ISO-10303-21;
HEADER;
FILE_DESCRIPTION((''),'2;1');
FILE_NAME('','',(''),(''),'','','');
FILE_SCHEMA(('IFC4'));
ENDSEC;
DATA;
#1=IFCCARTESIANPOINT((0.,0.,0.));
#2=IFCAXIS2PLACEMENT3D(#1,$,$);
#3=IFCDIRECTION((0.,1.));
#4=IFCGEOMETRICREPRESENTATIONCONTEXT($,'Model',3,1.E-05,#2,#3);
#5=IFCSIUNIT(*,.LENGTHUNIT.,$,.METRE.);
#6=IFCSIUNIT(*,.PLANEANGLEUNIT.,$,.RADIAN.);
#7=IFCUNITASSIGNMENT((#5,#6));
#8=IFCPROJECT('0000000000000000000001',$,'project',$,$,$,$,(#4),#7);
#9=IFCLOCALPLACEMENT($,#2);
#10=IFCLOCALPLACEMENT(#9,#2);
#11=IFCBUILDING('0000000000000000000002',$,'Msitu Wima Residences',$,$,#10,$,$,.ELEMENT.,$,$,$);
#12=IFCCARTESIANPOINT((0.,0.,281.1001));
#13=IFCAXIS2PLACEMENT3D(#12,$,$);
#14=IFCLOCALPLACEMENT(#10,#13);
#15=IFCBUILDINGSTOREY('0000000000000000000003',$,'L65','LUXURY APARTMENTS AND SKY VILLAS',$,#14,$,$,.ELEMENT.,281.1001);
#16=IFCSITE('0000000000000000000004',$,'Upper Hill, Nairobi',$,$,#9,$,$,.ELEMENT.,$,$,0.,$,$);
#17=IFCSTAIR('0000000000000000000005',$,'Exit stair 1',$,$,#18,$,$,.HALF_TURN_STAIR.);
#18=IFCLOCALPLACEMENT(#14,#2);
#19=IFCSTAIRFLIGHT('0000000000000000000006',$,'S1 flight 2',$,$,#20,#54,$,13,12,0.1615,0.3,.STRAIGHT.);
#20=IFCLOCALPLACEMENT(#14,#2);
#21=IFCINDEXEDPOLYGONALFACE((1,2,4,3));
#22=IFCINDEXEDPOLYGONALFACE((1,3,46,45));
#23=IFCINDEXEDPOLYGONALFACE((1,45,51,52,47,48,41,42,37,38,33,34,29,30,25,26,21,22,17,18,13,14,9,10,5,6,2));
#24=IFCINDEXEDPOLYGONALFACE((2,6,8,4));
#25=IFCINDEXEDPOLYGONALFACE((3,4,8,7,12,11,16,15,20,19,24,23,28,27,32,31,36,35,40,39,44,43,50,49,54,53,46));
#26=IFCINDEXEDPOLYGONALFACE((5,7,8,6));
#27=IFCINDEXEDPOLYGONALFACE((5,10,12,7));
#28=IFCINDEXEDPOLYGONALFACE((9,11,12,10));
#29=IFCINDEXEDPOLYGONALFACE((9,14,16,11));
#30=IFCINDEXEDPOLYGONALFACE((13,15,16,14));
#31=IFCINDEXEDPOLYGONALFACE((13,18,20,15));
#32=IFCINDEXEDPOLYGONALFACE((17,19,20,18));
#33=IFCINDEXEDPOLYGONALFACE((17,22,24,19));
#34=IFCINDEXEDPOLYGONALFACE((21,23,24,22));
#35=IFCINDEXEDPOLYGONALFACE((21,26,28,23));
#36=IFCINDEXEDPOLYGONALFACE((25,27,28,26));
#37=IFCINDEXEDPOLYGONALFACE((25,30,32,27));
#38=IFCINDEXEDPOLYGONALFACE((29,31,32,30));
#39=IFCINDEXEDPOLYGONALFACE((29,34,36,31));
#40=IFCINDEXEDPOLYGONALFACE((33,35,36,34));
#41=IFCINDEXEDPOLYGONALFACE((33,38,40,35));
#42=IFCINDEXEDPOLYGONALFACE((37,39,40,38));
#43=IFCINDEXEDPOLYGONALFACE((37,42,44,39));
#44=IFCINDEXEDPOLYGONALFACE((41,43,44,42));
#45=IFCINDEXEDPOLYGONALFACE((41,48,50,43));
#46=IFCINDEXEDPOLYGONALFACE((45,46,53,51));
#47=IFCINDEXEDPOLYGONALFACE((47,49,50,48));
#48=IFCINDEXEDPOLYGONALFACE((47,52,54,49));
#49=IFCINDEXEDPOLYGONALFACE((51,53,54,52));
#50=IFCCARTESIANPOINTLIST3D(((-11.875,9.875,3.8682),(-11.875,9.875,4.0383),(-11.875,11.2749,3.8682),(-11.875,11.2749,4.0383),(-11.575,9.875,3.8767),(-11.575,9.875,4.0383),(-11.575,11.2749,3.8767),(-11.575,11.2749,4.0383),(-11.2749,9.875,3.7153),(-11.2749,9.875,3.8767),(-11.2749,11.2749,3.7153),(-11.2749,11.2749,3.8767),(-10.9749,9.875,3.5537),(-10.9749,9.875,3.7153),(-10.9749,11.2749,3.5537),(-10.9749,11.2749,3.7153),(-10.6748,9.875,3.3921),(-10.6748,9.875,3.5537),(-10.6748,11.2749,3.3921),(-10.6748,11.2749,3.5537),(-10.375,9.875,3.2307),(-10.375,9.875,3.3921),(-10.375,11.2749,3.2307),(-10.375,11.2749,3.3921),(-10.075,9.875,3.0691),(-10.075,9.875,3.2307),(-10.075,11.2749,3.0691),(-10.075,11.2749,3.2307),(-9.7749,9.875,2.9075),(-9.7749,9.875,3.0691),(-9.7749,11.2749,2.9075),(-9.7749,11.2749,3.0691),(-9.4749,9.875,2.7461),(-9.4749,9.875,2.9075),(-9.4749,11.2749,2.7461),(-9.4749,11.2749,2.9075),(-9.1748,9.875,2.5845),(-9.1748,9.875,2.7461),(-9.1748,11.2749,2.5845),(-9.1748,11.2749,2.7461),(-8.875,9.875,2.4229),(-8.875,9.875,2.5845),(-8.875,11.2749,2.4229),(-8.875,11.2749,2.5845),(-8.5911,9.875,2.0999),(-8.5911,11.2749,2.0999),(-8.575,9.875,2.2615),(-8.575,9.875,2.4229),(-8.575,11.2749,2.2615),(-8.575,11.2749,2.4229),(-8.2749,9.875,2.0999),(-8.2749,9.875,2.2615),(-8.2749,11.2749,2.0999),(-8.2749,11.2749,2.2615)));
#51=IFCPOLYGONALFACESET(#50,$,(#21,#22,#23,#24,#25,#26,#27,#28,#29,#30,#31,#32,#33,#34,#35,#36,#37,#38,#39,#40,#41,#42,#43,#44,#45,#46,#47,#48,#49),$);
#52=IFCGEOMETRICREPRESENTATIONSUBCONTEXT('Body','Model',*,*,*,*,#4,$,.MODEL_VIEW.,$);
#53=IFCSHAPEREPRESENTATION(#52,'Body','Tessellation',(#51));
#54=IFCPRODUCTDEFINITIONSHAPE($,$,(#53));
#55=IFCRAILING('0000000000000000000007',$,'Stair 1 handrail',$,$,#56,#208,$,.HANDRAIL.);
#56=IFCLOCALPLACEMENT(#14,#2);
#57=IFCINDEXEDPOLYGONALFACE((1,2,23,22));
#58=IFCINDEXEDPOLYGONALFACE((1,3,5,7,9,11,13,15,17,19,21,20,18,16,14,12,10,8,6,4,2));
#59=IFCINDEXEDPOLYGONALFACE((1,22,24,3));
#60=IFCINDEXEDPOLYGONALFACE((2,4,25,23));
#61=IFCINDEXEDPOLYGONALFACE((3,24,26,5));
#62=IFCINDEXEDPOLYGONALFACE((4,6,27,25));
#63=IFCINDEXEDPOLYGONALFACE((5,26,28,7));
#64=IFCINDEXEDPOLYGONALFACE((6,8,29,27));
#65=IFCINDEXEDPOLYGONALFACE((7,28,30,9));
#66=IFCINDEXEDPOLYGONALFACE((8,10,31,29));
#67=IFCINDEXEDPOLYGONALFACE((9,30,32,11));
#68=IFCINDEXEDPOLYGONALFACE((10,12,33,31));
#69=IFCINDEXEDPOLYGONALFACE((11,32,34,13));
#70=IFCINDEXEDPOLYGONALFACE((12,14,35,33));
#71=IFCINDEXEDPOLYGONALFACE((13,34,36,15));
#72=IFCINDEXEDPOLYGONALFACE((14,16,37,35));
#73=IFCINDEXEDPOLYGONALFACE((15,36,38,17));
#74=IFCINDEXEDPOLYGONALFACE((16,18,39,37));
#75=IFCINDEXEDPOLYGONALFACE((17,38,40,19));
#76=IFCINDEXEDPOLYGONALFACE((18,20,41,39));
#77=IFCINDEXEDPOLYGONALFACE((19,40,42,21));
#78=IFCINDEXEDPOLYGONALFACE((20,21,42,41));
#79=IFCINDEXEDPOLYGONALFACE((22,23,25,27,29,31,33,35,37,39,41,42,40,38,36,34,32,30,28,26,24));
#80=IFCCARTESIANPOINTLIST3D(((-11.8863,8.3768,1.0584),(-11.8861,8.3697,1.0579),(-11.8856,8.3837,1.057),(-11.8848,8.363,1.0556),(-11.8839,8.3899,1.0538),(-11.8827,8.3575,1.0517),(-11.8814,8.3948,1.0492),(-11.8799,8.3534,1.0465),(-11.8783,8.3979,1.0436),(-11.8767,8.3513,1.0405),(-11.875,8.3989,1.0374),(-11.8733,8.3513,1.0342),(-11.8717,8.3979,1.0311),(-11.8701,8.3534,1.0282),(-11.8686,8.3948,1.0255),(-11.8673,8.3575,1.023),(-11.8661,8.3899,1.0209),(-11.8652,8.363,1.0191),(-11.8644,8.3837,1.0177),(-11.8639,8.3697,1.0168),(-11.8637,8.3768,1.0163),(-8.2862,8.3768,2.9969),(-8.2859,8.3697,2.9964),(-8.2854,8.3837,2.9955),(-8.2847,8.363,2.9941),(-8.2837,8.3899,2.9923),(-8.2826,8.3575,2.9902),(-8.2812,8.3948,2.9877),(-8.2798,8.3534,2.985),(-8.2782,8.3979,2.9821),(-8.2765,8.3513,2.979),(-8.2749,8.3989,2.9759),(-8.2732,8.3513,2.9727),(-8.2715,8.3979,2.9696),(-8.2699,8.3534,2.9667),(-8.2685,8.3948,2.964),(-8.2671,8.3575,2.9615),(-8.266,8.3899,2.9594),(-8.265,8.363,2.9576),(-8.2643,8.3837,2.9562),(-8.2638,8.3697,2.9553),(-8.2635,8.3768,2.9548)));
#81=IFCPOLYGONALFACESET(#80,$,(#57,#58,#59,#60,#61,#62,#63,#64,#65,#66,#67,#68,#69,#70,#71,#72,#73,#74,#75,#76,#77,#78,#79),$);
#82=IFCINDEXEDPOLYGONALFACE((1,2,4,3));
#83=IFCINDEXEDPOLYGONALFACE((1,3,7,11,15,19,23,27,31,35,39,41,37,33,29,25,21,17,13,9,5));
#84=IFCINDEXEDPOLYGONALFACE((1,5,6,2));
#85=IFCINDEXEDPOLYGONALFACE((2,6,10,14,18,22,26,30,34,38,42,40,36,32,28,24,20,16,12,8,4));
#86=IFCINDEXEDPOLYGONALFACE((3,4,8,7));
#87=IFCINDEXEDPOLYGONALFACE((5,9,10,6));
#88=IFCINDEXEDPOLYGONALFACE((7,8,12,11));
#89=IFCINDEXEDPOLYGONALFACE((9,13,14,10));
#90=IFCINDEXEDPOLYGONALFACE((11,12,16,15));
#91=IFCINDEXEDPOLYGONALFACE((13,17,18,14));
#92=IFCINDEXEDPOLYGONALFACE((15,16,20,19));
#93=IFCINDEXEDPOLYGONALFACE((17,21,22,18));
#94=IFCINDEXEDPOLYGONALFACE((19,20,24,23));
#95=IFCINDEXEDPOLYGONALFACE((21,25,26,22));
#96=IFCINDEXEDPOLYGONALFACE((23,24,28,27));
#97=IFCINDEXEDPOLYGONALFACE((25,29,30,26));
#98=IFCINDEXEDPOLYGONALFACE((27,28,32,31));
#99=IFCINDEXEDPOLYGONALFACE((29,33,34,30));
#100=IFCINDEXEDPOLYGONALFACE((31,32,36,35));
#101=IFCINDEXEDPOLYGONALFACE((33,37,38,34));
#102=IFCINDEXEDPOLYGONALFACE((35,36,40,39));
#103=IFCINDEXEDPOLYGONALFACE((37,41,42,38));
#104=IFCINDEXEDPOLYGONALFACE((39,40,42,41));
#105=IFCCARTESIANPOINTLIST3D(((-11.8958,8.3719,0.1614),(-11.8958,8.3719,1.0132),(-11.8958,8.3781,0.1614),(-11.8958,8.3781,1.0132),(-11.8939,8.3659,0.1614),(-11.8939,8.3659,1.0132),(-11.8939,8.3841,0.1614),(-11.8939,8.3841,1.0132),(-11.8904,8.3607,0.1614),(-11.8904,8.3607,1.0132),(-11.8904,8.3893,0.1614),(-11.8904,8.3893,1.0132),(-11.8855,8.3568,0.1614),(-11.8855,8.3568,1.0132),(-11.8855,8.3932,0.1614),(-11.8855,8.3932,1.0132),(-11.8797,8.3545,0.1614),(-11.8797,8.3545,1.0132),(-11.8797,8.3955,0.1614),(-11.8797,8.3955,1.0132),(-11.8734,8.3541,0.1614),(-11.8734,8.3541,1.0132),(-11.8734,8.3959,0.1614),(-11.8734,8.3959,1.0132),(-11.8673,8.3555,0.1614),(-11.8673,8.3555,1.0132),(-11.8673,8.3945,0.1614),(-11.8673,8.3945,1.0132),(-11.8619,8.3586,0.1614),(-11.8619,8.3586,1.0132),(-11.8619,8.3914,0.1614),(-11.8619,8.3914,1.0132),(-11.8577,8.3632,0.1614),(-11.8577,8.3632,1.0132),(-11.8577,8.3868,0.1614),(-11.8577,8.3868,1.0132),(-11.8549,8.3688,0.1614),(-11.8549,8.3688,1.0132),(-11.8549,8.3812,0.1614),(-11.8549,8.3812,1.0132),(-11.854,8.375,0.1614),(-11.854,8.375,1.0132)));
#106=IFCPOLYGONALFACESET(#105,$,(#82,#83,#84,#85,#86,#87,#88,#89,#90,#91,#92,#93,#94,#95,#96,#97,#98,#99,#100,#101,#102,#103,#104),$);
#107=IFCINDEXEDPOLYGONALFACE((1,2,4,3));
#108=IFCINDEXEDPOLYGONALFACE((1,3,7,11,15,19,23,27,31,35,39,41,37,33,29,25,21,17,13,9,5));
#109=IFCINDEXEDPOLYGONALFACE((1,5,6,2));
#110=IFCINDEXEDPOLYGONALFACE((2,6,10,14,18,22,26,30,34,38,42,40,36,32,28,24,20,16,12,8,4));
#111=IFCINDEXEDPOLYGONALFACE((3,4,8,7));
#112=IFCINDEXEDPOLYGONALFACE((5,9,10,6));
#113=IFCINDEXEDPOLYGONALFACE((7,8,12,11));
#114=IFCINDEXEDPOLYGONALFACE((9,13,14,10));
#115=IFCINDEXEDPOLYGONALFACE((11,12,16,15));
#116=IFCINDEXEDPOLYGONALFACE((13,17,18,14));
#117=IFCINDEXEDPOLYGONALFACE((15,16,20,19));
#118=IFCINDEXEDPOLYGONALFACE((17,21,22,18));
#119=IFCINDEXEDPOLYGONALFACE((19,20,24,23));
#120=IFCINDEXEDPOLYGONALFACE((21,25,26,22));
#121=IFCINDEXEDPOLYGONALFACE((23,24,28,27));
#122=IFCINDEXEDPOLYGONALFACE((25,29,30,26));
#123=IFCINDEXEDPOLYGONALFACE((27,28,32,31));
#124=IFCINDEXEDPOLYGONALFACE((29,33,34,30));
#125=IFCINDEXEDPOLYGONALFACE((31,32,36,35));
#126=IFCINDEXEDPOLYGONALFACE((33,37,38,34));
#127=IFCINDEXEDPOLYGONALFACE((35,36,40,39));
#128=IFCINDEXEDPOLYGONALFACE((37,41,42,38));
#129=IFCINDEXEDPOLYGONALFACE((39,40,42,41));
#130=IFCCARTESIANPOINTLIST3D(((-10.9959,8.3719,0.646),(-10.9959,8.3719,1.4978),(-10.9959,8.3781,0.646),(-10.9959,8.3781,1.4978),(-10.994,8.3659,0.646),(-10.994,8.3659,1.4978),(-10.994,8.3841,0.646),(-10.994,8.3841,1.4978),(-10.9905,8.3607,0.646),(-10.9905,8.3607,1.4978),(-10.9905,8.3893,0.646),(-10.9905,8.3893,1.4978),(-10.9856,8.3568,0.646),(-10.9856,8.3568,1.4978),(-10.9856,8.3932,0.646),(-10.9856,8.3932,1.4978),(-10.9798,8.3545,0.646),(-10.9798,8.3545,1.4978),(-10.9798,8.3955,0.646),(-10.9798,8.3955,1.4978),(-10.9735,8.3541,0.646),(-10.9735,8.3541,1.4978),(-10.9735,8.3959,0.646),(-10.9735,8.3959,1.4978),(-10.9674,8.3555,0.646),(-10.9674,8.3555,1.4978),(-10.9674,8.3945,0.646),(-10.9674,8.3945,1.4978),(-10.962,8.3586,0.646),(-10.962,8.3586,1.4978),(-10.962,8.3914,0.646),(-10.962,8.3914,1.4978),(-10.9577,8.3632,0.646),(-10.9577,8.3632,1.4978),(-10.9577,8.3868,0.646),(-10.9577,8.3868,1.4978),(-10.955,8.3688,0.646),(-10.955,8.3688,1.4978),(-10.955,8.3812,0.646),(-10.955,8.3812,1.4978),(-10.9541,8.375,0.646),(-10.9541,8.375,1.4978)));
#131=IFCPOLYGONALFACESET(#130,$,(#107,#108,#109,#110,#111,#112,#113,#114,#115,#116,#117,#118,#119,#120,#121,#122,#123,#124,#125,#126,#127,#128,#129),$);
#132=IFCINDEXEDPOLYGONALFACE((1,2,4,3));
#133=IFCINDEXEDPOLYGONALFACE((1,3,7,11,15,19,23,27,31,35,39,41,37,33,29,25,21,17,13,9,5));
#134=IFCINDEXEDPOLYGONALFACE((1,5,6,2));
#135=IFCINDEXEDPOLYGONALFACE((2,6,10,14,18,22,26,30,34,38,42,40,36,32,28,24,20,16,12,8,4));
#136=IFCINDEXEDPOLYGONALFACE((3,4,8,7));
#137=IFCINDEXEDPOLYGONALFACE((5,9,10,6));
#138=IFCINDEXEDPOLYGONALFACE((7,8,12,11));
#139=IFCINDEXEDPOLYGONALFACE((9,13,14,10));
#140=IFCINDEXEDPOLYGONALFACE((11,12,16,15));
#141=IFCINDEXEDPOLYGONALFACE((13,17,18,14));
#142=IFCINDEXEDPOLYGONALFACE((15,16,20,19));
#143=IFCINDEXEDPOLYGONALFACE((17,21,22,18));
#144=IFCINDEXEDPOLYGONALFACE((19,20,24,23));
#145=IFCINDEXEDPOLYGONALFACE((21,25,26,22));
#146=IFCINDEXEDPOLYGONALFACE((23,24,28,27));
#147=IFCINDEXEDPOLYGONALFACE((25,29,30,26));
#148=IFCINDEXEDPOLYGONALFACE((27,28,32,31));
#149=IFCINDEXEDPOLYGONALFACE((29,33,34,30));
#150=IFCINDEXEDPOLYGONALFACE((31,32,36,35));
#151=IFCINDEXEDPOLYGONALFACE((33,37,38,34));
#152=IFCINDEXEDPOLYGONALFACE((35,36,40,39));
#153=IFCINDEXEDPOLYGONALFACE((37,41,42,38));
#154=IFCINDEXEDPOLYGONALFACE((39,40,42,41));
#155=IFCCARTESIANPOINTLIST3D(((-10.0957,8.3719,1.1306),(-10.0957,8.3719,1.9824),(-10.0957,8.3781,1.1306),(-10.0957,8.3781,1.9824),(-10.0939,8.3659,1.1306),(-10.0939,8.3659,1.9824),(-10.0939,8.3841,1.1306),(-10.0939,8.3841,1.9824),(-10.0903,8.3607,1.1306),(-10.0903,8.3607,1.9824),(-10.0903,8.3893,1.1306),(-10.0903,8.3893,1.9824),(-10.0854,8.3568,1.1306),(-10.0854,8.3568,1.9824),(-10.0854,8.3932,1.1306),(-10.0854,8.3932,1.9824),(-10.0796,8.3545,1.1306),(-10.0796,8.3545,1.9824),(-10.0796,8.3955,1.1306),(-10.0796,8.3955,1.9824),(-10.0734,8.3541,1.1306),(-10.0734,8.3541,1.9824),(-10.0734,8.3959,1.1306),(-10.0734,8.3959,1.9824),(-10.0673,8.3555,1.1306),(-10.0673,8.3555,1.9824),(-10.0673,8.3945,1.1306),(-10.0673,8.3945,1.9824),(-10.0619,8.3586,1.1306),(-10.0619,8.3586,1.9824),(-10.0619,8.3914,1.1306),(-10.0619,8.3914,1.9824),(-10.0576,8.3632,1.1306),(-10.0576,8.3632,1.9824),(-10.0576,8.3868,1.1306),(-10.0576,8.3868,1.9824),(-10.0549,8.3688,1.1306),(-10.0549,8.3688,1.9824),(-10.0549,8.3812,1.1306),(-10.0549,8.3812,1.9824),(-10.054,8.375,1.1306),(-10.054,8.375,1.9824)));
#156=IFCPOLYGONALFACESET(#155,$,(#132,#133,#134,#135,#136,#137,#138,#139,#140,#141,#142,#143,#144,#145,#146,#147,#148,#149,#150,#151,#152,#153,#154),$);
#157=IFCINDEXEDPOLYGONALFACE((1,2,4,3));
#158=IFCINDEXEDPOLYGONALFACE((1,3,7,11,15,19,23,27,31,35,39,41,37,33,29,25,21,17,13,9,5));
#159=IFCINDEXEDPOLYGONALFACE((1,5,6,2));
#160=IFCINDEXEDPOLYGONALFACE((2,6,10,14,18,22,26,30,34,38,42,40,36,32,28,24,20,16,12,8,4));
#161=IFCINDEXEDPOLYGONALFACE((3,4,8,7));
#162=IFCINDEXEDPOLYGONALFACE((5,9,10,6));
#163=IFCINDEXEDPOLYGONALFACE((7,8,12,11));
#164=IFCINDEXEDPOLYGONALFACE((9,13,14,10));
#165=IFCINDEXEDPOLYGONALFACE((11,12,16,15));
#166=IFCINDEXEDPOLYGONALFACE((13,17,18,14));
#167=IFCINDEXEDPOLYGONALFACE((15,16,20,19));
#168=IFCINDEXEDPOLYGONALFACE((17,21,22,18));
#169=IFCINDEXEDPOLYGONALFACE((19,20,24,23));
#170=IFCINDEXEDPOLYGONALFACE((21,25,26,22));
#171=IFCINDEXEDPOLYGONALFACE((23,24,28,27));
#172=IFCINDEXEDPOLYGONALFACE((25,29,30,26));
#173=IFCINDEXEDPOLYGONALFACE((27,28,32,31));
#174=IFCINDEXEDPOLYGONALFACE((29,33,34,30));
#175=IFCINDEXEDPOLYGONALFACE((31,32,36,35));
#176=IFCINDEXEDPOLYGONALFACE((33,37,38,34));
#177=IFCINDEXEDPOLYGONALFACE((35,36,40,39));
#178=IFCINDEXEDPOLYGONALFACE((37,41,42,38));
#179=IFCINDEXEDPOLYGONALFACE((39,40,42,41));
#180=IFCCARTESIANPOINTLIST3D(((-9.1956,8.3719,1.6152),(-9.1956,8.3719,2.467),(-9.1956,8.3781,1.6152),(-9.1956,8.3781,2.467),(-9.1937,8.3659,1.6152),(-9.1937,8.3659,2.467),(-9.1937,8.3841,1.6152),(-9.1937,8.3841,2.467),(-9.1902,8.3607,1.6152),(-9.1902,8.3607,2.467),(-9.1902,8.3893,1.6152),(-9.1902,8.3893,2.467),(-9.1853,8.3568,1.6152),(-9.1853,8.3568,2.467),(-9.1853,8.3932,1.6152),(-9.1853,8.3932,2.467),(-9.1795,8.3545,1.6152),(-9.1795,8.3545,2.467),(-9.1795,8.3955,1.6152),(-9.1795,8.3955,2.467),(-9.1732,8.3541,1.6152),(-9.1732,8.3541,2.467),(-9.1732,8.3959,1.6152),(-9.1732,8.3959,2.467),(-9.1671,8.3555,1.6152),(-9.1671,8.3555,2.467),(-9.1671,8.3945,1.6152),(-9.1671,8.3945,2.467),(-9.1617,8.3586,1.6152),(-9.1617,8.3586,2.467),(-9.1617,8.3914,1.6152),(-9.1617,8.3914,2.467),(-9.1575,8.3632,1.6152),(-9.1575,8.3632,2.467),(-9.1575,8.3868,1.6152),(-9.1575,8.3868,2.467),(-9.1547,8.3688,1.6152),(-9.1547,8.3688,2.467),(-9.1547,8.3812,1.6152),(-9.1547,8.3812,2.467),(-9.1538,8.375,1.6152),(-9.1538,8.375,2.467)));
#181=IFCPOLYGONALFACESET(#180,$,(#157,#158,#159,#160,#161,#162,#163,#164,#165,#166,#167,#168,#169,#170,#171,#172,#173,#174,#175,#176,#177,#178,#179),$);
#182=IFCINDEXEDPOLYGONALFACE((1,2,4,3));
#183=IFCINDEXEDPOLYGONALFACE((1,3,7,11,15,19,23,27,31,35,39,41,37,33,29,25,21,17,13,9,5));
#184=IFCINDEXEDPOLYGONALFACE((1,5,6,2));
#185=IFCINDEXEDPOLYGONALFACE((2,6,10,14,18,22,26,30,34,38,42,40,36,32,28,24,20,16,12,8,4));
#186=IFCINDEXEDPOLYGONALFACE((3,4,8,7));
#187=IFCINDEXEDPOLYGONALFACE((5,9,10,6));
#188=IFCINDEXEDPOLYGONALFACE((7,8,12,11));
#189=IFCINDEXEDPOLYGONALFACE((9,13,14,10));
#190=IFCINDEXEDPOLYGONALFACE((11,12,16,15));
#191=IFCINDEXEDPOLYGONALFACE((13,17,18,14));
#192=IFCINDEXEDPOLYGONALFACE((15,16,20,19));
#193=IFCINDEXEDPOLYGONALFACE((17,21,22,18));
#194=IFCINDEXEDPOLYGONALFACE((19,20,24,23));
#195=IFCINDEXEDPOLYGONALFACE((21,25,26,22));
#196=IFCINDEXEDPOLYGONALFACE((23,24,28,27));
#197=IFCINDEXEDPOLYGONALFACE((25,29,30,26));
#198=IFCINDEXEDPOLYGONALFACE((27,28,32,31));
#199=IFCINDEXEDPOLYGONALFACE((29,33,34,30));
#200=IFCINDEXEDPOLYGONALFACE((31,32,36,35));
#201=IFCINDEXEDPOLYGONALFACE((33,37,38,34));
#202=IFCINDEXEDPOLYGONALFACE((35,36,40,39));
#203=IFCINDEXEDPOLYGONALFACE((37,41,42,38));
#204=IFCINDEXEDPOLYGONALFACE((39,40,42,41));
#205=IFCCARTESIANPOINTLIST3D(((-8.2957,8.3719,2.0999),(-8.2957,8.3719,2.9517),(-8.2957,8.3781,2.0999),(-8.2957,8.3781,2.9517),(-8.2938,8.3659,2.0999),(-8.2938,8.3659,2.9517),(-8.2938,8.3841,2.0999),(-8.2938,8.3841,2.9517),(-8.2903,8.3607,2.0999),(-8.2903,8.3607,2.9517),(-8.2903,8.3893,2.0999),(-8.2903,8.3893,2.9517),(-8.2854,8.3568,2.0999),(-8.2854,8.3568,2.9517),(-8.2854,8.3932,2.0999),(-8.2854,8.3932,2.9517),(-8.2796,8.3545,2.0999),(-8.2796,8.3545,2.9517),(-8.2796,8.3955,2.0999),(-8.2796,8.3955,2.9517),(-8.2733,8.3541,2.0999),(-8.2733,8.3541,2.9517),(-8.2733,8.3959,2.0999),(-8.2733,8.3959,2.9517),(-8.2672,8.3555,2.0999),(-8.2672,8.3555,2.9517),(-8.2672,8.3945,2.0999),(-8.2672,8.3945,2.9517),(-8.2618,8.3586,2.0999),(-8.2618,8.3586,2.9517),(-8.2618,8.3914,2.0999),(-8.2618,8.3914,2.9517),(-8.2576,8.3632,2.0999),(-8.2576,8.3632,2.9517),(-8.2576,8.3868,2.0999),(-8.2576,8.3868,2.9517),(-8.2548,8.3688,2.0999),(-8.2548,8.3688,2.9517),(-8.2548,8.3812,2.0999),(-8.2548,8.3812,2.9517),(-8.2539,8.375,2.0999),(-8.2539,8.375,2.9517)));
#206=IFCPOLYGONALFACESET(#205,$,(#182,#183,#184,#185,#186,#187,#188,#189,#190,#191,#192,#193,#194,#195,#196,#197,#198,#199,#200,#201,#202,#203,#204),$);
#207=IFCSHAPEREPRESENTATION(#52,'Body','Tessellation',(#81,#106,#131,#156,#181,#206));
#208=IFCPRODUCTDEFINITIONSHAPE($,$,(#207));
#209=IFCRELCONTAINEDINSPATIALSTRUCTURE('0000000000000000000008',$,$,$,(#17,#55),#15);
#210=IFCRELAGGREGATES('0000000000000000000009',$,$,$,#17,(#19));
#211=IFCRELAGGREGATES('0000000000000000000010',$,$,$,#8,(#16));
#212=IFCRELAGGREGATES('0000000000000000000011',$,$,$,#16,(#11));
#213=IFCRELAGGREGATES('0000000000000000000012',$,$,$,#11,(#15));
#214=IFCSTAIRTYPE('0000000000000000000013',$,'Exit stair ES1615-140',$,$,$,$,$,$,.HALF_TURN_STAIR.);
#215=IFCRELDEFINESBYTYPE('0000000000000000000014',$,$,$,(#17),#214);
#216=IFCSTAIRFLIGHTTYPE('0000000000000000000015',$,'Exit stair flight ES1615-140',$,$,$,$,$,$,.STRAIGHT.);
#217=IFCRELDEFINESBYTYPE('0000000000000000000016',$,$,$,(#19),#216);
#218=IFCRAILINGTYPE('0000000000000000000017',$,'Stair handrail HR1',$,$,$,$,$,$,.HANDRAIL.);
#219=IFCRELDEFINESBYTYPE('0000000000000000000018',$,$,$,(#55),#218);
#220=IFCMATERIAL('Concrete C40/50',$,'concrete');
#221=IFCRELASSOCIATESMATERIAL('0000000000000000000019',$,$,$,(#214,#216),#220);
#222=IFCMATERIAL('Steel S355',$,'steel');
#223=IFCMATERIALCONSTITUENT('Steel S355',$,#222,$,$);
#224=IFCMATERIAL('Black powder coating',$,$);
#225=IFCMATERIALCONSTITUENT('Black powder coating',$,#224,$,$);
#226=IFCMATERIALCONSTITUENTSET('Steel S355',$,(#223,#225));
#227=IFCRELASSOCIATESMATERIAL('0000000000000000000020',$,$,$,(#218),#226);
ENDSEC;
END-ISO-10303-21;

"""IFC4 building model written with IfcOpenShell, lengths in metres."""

from ifc_helpers import new_model, si_unit, direction, frame, origin, origin_2d, place, context, subcontext, project, spatial, polyline, circle, outline, extrude, material, constituent, constituent_set, type_object, element, aggregate, save


model = new_model("IFC4")

# Units and contexts
model_context = context("Model", 3, precision=1e-05, world=origin(), true_north=direction((0.0, 1.0)))
body_context = subcontext(model_context, "Body", "Model", "MODEL_VIEW")
ifc_project = project(units=[si_unit("LENGTHUNIT", "METRE"), si_unit("PLANEANGLEUNIT", "RADIAN")], contexts=[model_context])

# Site, building, storey
site_placement = place(None, origin())
site = spatial("IfcSite", under=ifc_project, at=site_placement, Name="Upper Hill, Nairobi", CompositionType="ELEMENT", RefElevation=0.0)
building_placement = place(site_placement, origin())
building = spatial("IfcBuilding", under=site, at=building_placement, Name="Msitu Wima Residences", CompositionType="ELEMENT")
storey_placement = place(building_placement, frame((0.0, 0.0, 281.1001)))
storey = spatial("IfcBuildingStorey", under=building, at=storey_placement, Name="L65", Description="LUXURY APARTMENTS AND SKY VILLAS", CompositionType="ELEMENT", Elevation=281.1001)

# Shared definitions
ifc_material_1 = material(Name="Concrete C40/50", Category="concrete")

# Stair, stair flight
stair_type = type_object("IfcStairType", Name="Exit stair ES1615-140", PredefinedType="HALF_TURN_STAIR", material=ifc_material_1)
stair_placement = place(storey_placement, origin())
stair = element("IfcStair", 1, at=stair_placement, inside=storey, type_object=stair_type, Name="Exit stair 1", PredefinedType="HALF_TURN_STAIR")
stair_flight_type = type_object("IfcStairFlightType", Name="Exit stair flight ES1615-140", PredefinedType="STRAIGHT", material=ifc_material_1)
stair_flight_1_placement = place(storey_placement, frame((-8.2749, 10.575, 2.0999), z_axis=(0.0, 0.0, 1.0), x_axis=(-1.0, 0.0, 0.0)))
stair_flight_1 = element("IfcStairFlight", 2, at=stair_flight_1_placement, type_object=stair_flight_type, Name="S1 flight 2", NumberOfRisers=13, NumberOfTreads=12, PredefinedType="STRAIGHT", RiserHeight=0.1615, TreadLength=0.3, context=body_context, shape_type="SweptSolid", body=[
    extrude(outline(polyline([(0.0, 0.0), (0.0, 0.1616), (0.3, 0.1616), (0.3, 0.323), (0.6001, 0.323), (0.6001, 0.4846), (0.8999, 0.4846), (0.8999, 0.6462), (1.2, 0.6462), (1.2, 0.8076), (1.5, 0.8076), (1.5, 0.9692), (1.8, 0.9692), (1.8, 1.1309), (2.1001, 1.1309), (2.1001, 1.2922), (2.3999, 1.2922), (2.3999, 1.4539), (2.7, 1.4539), (2.7, 1.6155), (3.0, 1.6155), (3.0, 1.7769), (3.3, 1.7769), (3.3, 1.9385), (3.6001, 1.9385), (3.6001, 2.1001), (3.6001, 1.7683), (0.3162, 0.0), (0.0, 0.0)])), frame((0.0, 0.7, 0.0), z_axis=(0.0, -1.0, 0.0), x_axis=(1.0, 0.0, 0.0)), (0.0, 0.0, 1.0), 1.3999),
])
aggregate(stair, [stair_flight_1])

# Railing
ifc_material_2 = material(Name="Steel S355", Category="steel")
ifc_constituent_1 = constituent(ifc_material_2, Name="Steel S355")
ifc_material_3 = material(Name="Black powder coating")
ifc_constituent_2 = constituent(ifc_material_3, Name="Black powder coating")
ifc_constituent_set = constituent_set(constituents=[ifc_constituent_1, ifc_constituent_2], Name="Steel S355")
railing_type = type_object("IfcRailingType", Name="Stair handrail HR1", PredefinedType="HANDRAIL", material=ifc_constituent_set)
for number, where, name in (
    (3, (-11.875, 8.375, 0.1614), "Stair 1 handrail"),
):
    element("IfcRailing", number, at=place(storey_placement, frame(where)), inside=storey, type_object=railing_type, Name=name, PredefinedType="HANDRAIL", context=body_context, shape_type="SweptSolid", body=[
        extrude(circle(Radius=0.0239, at=origin_2d()), frame((0.0, 0.0, 0.876), z_axis=(0.880475, 0.0, 0.474093), x_axis=(0.0, 1.0, 0.0)), (0.0, 0.0, 1.0), 4.0889),
        extrude(circle(Radius=0.021, at=origin_2d()), origin(), (0.0, 0.0, 1.0), 0.8518),
        extrude(circle(Radius=0.021, at=origin_2d()), frame((0.8999, 0.0, 0.4846)), (0.0, 0.0, 1.0), 0.8518),
        extrude(circle(Radius=0.021, at=origin_2d()), frame((1.8, 0.0, 0.9692)), (0.0, 0.0, 1.0), 0.8518),
        extrude(circle(Radius=0.021, at=origin_2d()), frame((2.7002, 0.0, 1.4539)), (0.0, 0.0, 1.0), 0.8518),
        extrude(circle(Radius=0.021, at=origin_2d()), frame((3.6001, 0.0, 1.9385)), (0.0, 0.0, 1.0), 0.8518),
    ])

save(model, "model.ifc")
